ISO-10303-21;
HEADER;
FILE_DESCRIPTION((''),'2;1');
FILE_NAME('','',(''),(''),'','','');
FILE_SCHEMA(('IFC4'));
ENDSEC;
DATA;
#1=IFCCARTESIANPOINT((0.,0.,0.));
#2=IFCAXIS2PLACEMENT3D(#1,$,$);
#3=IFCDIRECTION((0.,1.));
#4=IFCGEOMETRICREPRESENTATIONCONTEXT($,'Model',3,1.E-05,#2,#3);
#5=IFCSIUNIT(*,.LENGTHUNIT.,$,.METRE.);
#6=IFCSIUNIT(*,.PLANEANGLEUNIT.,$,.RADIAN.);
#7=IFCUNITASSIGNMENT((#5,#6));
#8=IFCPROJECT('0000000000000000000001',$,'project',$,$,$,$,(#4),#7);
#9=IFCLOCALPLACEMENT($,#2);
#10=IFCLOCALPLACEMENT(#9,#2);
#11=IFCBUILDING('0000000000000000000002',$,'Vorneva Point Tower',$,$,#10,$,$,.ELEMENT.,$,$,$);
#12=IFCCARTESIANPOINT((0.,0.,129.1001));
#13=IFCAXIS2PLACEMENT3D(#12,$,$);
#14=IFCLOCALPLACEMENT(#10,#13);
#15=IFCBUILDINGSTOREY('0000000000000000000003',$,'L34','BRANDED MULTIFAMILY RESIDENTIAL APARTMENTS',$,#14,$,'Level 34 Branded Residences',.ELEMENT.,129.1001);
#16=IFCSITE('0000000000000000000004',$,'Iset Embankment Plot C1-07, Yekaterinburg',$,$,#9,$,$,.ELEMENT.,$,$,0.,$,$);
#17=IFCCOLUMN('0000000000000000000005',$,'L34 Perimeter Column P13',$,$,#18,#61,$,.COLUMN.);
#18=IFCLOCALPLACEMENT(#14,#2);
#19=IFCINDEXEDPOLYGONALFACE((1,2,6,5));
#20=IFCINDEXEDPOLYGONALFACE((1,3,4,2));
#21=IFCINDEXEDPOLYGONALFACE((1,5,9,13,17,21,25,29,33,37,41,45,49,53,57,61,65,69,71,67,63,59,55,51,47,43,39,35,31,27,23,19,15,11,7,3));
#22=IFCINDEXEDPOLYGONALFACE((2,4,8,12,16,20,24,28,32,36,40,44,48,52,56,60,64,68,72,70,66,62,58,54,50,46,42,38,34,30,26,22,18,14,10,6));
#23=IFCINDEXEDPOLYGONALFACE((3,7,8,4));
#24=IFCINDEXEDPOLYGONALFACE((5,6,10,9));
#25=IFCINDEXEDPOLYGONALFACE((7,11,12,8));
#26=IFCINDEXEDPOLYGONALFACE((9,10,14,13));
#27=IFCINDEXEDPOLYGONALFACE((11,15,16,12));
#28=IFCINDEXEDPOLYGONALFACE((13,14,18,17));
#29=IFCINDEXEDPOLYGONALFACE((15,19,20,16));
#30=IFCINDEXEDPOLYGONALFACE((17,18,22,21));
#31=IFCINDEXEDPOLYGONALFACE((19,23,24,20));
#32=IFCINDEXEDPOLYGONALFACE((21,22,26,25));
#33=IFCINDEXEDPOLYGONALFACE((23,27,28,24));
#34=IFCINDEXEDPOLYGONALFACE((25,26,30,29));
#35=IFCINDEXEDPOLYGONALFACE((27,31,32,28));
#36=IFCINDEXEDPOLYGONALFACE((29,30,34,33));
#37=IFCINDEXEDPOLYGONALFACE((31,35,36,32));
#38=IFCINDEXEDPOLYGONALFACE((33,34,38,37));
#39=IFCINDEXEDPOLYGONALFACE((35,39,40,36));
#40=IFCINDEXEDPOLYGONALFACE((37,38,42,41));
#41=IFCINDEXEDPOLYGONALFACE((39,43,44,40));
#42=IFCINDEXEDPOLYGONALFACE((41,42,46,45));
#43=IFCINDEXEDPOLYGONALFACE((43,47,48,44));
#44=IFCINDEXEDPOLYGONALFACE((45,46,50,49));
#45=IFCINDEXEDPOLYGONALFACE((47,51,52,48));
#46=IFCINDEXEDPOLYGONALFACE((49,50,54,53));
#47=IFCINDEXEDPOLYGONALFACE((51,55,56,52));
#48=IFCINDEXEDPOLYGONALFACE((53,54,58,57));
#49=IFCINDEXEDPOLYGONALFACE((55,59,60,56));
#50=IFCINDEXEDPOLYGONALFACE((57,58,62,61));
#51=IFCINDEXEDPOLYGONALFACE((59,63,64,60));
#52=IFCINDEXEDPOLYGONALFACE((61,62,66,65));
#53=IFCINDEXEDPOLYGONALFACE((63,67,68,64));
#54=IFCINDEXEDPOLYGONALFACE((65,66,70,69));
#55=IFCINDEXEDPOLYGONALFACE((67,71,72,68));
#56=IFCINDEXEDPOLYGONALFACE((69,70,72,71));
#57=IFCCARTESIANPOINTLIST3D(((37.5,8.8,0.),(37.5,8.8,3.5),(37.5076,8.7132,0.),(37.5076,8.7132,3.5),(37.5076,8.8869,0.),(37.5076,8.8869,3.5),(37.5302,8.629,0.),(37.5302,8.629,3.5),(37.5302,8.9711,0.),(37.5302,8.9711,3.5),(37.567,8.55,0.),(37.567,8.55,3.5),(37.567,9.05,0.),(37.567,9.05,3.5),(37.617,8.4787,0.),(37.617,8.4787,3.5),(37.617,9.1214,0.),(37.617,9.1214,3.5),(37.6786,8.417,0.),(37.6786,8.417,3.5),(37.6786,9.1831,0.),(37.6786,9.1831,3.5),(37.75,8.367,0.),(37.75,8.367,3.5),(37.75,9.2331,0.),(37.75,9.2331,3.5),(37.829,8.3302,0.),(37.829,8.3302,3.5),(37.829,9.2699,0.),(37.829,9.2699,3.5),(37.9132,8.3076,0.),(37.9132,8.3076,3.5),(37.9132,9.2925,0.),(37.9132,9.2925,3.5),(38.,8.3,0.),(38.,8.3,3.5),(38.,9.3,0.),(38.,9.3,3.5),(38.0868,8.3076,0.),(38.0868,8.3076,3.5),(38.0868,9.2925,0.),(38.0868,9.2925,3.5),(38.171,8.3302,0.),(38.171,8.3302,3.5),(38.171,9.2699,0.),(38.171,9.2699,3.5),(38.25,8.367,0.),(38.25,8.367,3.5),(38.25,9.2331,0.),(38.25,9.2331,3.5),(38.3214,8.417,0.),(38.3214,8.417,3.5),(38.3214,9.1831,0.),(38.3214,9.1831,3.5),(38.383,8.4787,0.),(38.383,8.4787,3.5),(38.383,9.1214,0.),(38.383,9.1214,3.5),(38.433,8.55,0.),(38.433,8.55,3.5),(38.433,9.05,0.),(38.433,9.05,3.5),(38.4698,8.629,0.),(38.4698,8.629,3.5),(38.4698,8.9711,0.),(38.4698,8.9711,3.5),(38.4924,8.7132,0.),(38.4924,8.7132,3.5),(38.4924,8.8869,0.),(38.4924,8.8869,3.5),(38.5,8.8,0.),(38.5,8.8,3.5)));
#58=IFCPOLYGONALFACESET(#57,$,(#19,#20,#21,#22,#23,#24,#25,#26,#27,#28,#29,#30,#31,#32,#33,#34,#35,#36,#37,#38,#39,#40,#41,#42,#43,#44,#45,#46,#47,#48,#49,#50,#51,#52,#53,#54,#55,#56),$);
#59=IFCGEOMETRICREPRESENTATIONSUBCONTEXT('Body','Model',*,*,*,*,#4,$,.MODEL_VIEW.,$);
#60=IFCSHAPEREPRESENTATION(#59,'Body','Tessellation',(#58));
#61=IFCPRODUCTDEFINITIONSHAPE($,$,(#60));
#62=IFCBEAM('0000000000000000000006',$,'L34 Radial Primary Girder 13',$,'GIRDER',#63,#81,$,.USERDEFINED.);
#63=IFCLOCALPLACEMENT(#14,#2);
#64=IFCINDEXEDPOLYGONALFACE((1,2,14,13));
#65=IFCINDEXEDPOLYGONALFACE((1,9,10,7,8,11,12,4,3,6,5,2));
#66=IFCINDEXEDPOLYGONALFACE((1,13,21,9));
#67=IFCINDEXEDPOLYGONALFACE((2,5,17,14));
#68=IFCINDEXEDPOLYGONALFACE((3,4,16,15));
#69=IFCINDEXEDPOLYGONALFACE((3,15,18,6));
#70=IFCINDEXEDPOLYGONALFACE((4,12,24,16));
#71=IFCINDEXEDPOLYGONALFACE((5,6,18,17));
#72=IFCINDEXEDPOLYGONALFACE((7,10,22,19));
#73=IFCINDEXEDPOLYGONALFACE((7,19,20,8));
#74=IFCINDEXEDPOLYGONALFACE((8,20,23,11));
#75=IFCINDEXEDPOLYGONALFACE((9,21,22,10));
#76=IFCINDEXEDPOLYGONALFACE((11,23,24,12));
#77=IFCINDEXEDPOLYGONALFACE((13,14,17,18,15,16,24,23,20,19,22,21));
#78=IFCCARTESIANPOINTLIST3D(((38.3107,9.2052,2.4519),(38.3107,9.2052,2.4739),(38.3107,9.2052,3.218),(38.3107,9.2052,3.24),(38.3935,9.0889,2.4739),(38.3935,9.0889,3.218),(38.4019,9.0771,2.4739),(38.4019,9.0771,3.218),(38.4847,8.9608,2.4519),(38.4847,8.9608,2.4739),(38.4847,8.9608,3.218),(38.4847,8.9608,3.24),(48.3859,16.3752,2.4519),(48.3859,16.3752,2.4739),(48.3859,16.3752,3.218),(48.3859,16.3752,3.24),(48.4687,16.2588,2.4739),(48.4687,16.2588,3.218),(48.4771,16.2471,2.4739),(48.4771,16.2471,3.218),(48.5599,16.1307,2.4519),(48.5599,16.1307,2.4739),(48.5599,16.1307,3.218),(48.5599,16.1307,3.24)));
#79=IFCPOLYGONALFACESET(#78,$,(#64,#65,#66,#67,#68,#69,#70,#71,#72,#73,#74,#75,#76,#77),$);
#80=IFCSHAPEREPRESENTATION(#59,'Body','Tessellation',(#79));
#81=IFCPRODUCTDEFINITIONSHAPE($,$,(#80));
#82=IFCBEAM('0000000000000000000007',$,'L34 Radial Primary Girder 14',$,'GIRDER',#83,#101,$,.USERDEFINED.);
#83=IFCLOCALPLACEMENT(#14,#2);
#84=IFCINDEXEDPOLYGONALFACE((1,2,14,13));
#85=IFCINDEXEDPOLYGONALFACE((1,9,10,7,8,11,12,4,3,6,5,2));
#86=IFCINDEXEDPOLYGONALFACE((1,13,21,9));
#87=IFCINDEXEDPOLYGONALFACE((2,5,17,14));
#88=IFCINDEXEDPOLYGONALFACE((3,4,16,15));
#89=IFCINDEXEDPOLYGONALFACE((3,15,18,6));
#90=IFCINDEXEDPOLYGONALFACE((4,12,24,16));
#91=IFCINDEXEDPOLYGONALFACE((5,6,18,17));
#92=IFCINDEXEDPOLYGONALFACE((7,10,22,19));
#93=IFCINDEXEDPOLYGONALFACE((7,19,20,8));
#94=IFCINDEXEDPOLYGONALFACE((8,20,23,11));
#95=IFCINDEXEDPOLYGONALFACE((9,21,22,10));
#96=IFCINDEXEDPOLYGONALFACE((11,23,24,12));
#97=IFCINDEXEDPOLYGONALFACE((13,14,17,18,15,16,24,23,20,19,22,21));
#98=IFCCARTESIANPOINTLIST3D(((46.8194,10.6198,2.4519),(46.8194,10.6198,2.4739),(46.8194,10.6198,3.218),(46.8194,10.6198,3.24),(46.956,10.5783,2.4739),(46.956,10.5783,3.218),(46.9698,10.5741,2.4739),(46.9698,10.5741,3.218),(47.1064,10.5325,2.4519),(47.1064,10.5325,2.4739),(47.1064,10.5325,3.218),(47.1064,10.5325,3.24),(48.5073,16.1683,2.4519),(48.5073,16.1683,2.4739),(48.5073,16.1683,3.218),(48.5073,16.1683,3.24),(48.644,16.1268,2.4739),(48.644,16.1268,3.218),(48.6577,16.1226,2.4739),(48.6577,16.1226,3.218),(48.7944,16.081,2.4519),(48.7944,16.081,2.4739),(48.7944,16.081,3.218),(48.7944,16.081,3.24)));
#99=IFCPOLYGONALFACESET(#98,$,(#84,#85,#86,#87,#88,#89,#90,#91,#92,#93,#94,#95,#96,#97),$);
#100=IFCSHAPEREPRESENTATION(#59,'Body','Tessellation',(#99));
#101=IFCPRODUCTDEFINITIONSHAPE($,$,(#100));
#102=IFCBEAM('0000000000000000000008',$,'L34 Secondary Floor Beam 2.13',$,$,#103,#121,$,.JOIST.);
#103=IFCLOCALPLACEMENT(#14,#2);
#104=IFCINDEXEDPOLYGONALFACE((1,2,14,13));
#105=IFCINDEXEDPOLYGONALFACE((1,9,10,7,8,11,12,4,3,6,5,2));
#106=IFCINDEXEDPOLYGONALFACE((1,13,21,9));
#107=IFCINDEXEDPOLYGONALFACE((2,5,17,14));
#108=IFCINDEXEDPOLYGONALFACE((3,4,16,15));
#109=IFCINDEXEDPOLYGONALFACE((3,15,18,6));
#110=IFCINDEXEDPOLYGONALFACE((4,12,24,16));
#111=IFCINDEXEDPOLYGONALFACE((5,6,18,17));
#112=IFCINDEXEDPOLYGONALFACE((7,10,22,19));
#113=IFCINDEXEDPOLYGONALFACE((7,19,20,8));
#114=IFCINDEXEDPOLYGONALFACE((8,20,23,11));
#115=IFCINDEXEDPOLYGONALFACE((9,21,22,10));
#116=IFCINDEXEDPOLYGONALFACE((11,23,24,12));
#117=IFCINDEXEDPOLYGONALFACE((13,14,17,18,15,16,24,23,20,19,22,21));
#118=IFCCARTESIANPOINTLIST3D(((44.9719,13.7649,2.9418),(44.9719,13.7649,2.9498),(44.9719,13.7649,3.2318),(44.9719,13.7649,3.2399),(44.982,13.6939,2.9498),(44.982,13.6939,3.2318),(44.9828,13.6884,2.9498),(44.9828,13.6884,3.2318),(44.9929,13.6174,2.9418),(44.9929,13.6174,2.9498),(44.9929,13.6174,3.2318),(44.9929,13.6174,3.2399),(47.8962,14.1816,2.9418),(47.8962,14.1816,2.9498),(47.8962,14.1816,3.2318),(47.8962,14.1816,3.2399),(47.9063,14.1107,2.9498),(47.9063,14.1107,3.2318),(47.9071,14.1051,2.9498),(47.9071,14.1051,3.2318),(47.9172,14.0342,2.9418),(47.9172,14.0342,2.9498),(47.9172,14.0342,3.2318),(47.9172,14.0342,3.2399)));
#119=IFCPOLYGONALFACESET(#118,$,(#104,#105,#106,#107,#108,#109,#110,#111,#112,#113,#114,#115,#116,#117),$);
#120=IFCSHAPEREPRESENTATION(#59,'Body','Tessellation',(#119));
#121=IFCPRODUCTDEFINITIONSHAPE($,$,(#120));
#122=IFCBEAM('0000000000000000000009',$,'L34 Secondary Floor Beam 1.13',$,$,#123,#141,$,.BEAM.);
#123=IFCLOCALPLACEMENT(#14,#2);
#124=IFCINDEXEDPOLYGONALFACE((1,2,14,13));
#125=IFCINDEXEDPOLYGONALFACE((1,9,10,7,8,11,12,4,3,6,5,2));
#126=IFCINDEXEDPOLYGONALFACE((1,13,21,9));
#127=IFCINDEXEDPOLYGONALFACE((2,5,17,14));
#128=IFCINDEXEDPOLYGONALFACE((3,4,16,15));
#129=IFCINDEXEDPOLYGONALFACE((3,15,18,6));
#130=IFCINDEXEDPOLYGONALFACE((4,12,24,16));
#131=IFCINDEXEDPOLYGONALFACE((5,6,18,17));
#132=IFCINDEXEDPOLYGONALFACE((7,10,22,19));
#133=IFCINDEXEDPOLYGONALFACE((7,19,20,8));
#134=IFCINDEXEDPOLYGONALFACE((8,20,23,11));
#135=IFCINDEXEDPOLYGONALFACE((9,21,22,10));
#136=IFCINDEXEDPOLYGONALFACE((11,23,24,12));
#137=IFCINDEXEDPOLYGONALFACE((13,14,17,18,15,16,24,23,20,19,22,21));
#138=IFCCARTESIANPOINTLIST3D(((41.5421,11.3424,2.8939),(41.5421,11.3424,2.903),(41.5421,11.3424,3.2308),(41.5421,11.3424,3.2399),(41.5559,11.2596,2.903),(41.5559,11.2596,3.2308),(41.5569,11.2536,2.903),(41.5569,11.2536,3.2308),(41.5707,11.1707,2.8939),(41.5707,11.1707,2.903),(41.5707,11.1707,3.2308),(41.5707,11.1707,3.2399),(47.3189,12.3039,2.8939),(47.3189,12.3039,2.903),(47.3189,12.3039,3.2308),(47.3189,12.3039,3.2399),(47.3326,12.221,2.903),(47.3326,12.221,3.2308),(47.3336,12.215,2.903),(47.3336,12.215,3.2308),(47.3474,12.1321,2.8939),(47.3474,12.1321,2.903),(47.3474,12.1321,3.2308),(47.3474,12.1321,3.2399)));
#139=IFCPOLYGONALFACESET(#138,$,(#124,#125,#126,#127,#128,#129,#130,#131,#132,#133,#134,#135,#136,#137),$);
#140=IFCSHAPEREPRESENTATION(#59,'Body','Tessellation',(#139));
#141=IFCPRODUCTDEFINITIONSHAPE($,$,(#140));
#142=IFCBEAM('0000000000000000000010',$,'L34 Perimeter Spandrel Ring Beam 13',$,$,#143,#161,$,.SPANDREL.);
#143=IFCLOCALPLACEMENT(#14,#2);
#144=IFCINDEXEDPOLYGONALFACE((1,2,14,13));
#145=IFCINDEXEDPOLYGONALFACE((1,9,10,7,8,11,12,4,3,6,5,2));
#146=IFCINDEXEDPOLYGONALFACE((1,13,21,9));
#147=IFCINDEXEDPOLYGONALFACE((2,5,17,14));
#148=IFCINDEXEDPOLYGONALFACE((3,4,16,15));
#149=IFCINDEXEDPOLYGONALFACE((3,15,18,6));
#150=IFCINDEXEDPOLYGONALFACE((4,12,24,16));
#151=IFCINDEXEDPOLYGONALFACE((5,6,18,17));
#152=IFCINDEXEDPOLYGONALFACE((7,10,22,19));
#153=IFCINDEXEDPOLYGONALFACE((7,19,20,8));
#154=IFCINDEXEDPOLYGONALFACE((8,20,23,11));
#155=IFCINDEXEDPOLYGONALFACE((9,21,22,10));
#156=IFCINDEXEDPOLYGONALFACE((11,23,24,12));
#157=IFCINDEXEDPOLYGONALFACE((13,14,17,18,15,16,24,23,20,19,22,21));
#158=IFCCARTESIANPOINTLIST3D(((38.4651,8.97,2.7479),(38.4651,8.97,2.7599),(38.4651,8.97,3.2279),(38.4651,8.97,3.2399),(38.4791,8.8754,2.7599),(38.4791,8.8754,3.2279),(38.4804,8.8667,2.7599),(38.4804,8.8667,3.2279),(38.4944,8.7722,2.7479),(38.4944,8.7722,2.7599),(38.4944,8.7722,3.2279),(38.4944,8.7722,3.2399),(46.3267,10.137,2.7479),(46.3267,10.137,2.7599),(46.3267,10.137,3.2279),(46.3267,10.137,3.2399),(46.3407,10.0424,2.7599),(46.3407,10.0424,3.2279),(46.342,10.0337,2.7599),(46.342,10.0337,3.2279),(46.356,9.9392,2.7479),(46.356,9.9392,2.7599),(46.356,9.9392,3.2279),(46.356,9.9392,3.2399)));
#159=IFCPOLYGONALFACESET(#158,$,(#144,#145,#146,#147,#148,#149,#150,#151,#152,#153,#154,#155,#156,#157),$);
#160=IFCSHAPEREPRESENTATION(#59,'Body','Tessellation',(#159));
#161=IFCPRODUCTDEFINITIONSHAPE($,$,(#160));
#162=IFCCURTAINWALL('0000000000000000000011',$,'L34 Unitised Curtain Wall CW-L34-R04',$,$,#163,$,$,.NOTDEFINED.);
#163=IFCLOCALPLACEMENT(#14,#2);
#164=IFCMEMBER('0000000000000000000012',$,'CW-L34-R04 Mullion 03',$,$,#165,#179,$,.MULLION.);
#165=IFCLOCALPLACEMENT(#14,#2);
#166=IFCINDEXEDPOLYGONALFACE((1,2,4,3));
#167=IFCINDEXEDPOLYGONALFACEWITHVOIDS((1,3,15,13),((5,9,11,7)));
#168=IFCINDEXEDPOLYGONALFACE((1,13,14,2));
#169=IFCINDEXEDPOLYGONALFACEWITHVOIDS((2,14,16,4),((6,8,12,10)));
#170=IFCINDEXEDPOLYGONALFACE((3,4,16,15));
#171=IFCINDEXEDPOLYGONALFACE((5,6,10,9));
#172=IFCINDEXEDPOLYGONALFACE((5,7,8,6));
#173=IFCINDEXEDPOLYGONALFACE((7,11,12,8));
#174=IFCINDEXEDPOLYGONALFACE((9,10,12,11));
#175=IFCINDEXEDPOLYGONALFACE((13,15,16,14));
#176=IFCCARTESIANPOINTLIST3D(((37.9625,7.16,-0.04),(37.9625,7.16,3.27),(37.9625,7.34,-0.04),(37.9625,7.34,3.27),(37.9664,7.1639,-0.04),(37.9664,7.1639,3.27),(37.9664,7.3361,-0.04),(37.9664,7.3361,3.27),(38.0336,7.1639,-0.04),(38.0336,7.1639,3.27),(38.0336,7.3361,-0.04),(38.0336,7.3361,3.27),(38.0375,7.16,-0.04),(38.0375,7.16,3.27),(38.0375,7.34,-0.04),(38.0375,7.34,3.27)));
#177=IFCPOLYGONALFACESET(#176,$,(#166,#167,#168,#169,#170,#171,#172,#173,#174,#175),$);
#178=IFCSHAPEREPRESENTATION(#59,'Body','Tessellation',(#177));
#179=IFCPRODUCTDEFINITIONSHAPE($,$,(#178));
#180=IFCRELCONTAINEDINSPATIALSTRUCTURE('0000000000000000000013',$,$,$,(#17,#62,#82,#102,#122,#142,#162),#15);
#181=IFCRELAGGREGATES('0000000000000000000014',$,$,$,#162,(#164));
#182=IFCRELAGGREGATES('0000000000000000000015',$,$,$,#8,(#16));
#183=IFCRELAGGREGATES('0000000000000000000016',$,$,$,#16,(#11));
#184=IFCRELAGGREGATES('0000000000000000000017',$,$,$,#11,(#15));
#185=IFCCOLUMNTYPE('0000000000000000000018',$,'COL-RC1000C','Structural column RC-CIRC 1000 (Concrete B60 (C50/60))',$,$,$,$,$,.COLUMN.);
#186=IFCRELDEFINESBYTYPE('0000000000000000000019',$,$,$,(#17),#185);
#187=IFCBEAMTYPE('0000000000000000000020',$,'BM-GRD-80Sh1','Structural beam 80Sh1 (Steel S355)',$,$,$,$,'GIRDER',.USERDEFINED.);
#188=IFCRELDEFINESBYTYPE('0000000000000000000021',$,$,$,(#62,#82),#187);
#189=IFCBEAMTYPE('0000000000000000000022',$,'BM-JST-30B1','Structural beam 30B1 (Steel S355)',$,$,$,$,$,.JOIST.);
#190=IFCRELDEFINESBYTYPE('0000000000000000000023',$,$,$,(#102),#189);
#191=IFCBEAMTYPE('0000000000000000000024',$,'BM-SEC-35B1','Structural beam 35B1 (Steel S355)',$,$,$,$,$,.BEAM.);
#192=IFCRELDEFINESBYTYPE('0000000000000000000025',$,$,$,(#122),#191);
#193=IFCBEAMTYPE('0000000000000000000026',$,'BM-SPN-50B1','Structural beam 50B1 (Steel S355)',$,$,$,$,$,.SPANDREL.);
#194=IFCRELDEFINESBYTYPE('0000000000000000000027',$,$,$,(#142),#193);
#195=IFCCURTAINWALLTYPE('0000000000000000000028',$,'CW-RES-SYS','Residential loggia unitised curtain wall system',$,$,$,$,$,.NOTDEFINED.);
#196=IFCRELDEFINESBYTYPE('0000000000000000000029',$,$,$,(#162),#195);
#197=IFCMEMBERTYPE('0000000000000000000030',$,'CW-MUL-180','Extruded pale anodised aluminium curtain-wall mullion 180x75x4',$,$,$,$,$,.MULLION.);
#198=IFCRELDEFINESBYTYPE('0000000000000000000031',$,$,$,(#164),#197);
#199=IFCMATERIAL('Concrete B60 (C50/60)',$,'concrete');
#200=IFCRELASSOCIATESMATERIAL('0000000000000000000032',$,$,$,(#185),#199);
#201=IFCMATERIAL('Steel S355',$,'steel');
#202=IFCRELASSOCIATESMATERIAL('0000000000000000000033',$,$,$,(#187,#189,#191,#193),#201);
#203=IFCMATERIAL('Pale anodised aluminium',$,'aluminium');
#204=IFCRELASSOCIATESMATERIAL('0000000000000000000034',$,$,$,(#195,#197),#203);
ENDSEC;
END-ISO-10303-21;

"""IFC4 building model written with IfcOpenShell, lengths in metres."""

from ifc_helpers import new_model, si_unit, direction, frame, origin, origin_2d, place, context, subcontext, project, spatial, hollow_rectangle, circle, i_section, extrude, material, material_profile, profile_set, type_object, element, aggregate, save


model = new_model("IFC4")

# Units and contexts
model_context = context("Model", 3, precision=1e-05, world=origin(), true_north=direction((0.0, 1.0)))
body_context = subcontext(model_context, "Body", "Model", "MODEL_VIEW")
ifc_project = project(units=[si_unit("LENGTHUNIT", "METRE"), si_unit("PLANEANGLEUNIT", "RADIAN")], contexts=[model_context])

# Site, building, storey
site_placement = place(None, origin())
site = spatial("IfcSite", under=ifc_project, at=site_placement, Name="Iset Embankment Plot C1-07, Yekaterinburg", CompositionType="ELEMENT", RefElevation=0.0)
building_placement = place(site_placement, origin())
building = spatial("IfcBuilding", under=site, at=building_placement, Name="Vorneva Point Tower", CompositionType="ELEMENT")
storey_placement = place(building_placement, frame((0.0, 0.0, 129.1001)))
storey = spatial("IfcBuildingStorey", under=building, at=storey_placement, Name="L34", Description="BRANDED MULTIFAMILY RESIDENTIAL APARTMENTS", LongName="Level 34 Branded Residences", CompositionType="ELEMENT", Elevation=129.1001)

# Column
ifc_material_1 = material(Name="Concrete B60 (C50/60)", Category="concrete")
ifc_material_profile_1 = material_profile(ifc_material_1, circle(Radius=0.5, at=origin_2d()), Name="RC-CIRC 1000")
ifc_profile_set_1 = profile_set([ifc_material_profile_1], Name="Concrete B60 (C50/60)")
column_type = type_object("IfcColumnType", Name="COL-RC1000C", Description="Structural column RC-CIRC 1000 (Concrete B60 (C50/60))", PredefinedType="COLUMN", material=ifc_profile_set_1)
for number, where, z_axis, x_axis, name in (
    (1, (38.0, 8.8, 0.0), (0.0, 0.0, 1.0), (0.0, -1.0, 0.0), "L34 Perimeter Column P13"),
):
    element("IfcColumn", number, at=place(storey_placement, frame(where, z_axis=z_axis, x_axis=x_axis)), inside=storey, type_object=column_type, Name=name, PredefinedType="COLUMN", context=body_context, shape_type="SweptSolid", body=[
        extrude(circle(Radius=0.5, at=origin_2d()), origin(), (0.0, 0.0, 1.0), 3.5),
    ])

# Beams
ifc_material_2 = material(Name="Steel S355", Category="steel")
ifc_material_profile_2 = material_profile(ifc_material_2, i_section(OverallWidth=0.3, OverallDepth=0.7881, WebThickness=0.0144, FlangeThickness=0.022, at=origin_2d()), Name="80Sh1")
ifc_profile_set_2 = profile_set([ifc_material_profile_2], Name="Steel S355")
beam_type_1 = type_object("IfcBeamType", Name="BM-GRD-80Sh1", Description="Structural beam 80Sh1 (Steel S355)", ElementType="GIRDER", PredefinedType="USERDEFINED", material=ifc_profile_set_2)
beam_1_placement = place(storey_placement, frame((38.3977, 9.083, 2.8459), z_axis=(0.814751, 0.57981, 0.0), x_axis=(-0.57981, 0.814751, 0.0)))
element("IfcBeam", 2, at=beam_1_placement, inside=storey, type_object=beam_type_1, Name="L34 Radial Primary Girder 13", ObjectType="GIRDER", PredefinedType="USERDEFINED", context=body_context, shape_type="SweptSolid", body=[
    extrude(i_section(OverallWidth=0.3, OverallDepth=0.7881, WebThickness=0.0144, FlangeThickness=0.022, at=origin_2d()), origin(), (0.0, 0.0, 1.0), 12.366),
])
beam_2_placement = place(storey_placement, frame((46.9629, 10.5762, 2.8459), z_axis=(0.291049, 0.956708, 0.0), x_axis=(-0.956708, 0.291049, 0.0)))
element("IfcBeam", 3, at=beam_2_placement, inside=storey, type_object=beam_type_1, Name="L34 Radial Primary Girder 14", ObjectType="GIRDER", PredefinedType="USERDEFINED", context=body_context, shape_type="SweptSolid", body=[
    extrude(i_section(OverallWidth=0.3, OverallDepth=0.7881, WebThickness=0.0144, FlangeThickness=0.022, at=origin_2d()), origin(), (0.0, 0.0, 1.0), 5.7996),
])
ifc_material_profile_3 = material_profile(ifc_material_2, i_section(OverallWidth=0.1489, OverallDepth=0.2981, WebThickness=0.0056, FlangeThickness=0.0081, at=origin_2d()), Name="30B1")
ifc_profile_set_3 = profile_set([ifc_material_profile_3], Name="Steel S355")
beam_type_2 = type_object("IfcBeamType", Name="BM-JST-30B1", Description="Structural beam 30B1 (Steel S355)", PredefinedType="JOIST", material=ifc_profile_set_3)
beam_3_placement = place(storey_placement, frame((44.9824, 13.6912, 3.0908), z_axis=(0.989997, 0.141086, 0.0), x_axis=(-0.141086, 0.989997, 0.0)))
element("IfcBeam", 4, at=beam_3_placement, inside=storey, type_object=beam_type_2, Name="L34 Secondary Floor Beam 2.13", PredefinedType="JOIST", context=body_context, shape_type="SweptSolid", body=[
    extrude(i_section(OverallWidth=0.1489, OverallDepth=0.2981, WebThickness=0.0056, FlangeThickness=0.0081, at=origin_2d()), origin(), (0.0, 0.0, 1.0), 2.9539),
])
ifc_material_profile_4 = material_profile(ifc_material_2, i_section(OverallWidth=0.1741, OverallDepth=0.3459, WebThickness=0.0061, FlangeThickness=0.009, at=origin_2d()), Name="35B1")
ifc_profile_set_4 = profile_set([ifc_material_profile_4], Name="Steel S355")
beam_type_3 = type_object("IfcBeamType", Name="BM-SEC-35B1", Description="Structural beam 35B1 (Steel S355)", PredefinedType="BEAM", material=ifc_profile_set_4)
beam_4_placement = place(storey_placement, frame((41.5564, 11.2566, 3.0669), z_axis=(0.986432, 0.164169, 0.0), x_axis=(-0.164169, 0.986432, 0.0)))
element("IfcBeam", 5, at=beam_4_placement, inside=storey, type_object=beam_type_3, Name="L34 Secondary Floor Beam 1.13", PredefinedType="BEAM", context=body_context, shape_type="SweptSolid", body=[
    extrude(i_section(OverallWidth=0.1741, OverallDepth=0.3459, WebThickness=0.0061, FlangeThickness=0.009, at=origin_2d()), origin(), (0.0, 0.0, 1.0), 5.8562),
])
ifc_material_profile_5 = material_profile(ifc_material_2, i_section(OverallWidth=0.2, OverallDepth=0.4919, WebThickness=0.0088, FlangeThickness=0.012, at=origin_2d()), Name="50B1")
ifc_profile_set_5 = profile_set([ifc_material_profile_5], Name="Steel S355")
beam_type_4 = type_object("IfcBeamType", Name="BM-SPN-50B1", Description="Structural beam 50B1 (Steel S355)", PredefinedType="SPANDREL", material=ifc_profile_set_5)
beam_5_placement = place(storey_placement, frame((38.4797, 8.8711, 2.9939), z_axis=(0.989161, 0.146834, 0.0), x_axis=(-0.146834, 0.989161, 0.0)))
element("IfcBeam", 6, at=beam_5_placement, inside=storey, type_object=beam_type_4, Name="L34 Perimeter Spandrel Ring Beam 13", PredefinedType="SPANDREL", context=body_context, shape_type="SweptSolid", body=[
    extrude(i_section(OverallWidth=0.2, OverallDepth=0.4919, WebThickness=0.0088, FlangeThickness=0.012, at=origin_2d()), origin(), (0.0, 0.0, 1.0), 7.9478),
])

# Curtain wall, member
ifc_material_3 = material(Name="Pale anodised aluminium", Category="aluminium")
curtain_wall_type = type_object("IfcCurtainWallType", Name="CW-RES-SYS", Description="Residential loggia unitised curtain wall system", PredefinedType="NOTDEFINED", material=ifc_material_3)
curtain_wall_placement = place(storey_placement, origin())
curtain_wall = element("IfcCurtainWall", 7, at=curtain_wall_placement, inside=storey, type_object=curtain_wall_type, Name="L34 Unitised Curtain Wall CW-L34-R04", PredefinedType="NOTDEFINED")
ifc_material_profile_6 = material_profile(ifc_material_3, hollow_rectangle(XDim=0.075, YDim=0.1799, WallThickness=0.0039, at=origin_2d()), Name="AL-MUL 180x75x4")
ifc_profile_set_6 = profile_set([ifc_material_profile_6], Name="Pale anodised aluminium")
member_type_1 = type_object("IfcMemberType", Name="CW-MUL-180", Description="Extruded pale anodised aluminium curtain-wall mullion 180x75x4", PredefinedType="MULLION", material=ifc_profile_set_6)
member_1_placement = place(storey_placement, frame((38.0, 7.25, -0.04), z_axis=(0.0, 0.0, 1.0), x_axis=(1.0, 0.0, 0.0)))
member_1 = element("IfcMember", 8, at=member_1_placement, type_object=member_type_1, Name="CW-L34-R04 Mullion 03", PredefinedType="MULLION", context=body_context, shape_type="SweptSolid", body=[
    extrude(hollow_rectangle(XDim=0.075, YDim=0.1799, WallThickness=0.0039, at=origin_2d()), origin(), (0.0, 0.0, 1.0), 3.3101),
])
aggregate(curtain_wall, [member_1])

save(model, "model.ifc")
